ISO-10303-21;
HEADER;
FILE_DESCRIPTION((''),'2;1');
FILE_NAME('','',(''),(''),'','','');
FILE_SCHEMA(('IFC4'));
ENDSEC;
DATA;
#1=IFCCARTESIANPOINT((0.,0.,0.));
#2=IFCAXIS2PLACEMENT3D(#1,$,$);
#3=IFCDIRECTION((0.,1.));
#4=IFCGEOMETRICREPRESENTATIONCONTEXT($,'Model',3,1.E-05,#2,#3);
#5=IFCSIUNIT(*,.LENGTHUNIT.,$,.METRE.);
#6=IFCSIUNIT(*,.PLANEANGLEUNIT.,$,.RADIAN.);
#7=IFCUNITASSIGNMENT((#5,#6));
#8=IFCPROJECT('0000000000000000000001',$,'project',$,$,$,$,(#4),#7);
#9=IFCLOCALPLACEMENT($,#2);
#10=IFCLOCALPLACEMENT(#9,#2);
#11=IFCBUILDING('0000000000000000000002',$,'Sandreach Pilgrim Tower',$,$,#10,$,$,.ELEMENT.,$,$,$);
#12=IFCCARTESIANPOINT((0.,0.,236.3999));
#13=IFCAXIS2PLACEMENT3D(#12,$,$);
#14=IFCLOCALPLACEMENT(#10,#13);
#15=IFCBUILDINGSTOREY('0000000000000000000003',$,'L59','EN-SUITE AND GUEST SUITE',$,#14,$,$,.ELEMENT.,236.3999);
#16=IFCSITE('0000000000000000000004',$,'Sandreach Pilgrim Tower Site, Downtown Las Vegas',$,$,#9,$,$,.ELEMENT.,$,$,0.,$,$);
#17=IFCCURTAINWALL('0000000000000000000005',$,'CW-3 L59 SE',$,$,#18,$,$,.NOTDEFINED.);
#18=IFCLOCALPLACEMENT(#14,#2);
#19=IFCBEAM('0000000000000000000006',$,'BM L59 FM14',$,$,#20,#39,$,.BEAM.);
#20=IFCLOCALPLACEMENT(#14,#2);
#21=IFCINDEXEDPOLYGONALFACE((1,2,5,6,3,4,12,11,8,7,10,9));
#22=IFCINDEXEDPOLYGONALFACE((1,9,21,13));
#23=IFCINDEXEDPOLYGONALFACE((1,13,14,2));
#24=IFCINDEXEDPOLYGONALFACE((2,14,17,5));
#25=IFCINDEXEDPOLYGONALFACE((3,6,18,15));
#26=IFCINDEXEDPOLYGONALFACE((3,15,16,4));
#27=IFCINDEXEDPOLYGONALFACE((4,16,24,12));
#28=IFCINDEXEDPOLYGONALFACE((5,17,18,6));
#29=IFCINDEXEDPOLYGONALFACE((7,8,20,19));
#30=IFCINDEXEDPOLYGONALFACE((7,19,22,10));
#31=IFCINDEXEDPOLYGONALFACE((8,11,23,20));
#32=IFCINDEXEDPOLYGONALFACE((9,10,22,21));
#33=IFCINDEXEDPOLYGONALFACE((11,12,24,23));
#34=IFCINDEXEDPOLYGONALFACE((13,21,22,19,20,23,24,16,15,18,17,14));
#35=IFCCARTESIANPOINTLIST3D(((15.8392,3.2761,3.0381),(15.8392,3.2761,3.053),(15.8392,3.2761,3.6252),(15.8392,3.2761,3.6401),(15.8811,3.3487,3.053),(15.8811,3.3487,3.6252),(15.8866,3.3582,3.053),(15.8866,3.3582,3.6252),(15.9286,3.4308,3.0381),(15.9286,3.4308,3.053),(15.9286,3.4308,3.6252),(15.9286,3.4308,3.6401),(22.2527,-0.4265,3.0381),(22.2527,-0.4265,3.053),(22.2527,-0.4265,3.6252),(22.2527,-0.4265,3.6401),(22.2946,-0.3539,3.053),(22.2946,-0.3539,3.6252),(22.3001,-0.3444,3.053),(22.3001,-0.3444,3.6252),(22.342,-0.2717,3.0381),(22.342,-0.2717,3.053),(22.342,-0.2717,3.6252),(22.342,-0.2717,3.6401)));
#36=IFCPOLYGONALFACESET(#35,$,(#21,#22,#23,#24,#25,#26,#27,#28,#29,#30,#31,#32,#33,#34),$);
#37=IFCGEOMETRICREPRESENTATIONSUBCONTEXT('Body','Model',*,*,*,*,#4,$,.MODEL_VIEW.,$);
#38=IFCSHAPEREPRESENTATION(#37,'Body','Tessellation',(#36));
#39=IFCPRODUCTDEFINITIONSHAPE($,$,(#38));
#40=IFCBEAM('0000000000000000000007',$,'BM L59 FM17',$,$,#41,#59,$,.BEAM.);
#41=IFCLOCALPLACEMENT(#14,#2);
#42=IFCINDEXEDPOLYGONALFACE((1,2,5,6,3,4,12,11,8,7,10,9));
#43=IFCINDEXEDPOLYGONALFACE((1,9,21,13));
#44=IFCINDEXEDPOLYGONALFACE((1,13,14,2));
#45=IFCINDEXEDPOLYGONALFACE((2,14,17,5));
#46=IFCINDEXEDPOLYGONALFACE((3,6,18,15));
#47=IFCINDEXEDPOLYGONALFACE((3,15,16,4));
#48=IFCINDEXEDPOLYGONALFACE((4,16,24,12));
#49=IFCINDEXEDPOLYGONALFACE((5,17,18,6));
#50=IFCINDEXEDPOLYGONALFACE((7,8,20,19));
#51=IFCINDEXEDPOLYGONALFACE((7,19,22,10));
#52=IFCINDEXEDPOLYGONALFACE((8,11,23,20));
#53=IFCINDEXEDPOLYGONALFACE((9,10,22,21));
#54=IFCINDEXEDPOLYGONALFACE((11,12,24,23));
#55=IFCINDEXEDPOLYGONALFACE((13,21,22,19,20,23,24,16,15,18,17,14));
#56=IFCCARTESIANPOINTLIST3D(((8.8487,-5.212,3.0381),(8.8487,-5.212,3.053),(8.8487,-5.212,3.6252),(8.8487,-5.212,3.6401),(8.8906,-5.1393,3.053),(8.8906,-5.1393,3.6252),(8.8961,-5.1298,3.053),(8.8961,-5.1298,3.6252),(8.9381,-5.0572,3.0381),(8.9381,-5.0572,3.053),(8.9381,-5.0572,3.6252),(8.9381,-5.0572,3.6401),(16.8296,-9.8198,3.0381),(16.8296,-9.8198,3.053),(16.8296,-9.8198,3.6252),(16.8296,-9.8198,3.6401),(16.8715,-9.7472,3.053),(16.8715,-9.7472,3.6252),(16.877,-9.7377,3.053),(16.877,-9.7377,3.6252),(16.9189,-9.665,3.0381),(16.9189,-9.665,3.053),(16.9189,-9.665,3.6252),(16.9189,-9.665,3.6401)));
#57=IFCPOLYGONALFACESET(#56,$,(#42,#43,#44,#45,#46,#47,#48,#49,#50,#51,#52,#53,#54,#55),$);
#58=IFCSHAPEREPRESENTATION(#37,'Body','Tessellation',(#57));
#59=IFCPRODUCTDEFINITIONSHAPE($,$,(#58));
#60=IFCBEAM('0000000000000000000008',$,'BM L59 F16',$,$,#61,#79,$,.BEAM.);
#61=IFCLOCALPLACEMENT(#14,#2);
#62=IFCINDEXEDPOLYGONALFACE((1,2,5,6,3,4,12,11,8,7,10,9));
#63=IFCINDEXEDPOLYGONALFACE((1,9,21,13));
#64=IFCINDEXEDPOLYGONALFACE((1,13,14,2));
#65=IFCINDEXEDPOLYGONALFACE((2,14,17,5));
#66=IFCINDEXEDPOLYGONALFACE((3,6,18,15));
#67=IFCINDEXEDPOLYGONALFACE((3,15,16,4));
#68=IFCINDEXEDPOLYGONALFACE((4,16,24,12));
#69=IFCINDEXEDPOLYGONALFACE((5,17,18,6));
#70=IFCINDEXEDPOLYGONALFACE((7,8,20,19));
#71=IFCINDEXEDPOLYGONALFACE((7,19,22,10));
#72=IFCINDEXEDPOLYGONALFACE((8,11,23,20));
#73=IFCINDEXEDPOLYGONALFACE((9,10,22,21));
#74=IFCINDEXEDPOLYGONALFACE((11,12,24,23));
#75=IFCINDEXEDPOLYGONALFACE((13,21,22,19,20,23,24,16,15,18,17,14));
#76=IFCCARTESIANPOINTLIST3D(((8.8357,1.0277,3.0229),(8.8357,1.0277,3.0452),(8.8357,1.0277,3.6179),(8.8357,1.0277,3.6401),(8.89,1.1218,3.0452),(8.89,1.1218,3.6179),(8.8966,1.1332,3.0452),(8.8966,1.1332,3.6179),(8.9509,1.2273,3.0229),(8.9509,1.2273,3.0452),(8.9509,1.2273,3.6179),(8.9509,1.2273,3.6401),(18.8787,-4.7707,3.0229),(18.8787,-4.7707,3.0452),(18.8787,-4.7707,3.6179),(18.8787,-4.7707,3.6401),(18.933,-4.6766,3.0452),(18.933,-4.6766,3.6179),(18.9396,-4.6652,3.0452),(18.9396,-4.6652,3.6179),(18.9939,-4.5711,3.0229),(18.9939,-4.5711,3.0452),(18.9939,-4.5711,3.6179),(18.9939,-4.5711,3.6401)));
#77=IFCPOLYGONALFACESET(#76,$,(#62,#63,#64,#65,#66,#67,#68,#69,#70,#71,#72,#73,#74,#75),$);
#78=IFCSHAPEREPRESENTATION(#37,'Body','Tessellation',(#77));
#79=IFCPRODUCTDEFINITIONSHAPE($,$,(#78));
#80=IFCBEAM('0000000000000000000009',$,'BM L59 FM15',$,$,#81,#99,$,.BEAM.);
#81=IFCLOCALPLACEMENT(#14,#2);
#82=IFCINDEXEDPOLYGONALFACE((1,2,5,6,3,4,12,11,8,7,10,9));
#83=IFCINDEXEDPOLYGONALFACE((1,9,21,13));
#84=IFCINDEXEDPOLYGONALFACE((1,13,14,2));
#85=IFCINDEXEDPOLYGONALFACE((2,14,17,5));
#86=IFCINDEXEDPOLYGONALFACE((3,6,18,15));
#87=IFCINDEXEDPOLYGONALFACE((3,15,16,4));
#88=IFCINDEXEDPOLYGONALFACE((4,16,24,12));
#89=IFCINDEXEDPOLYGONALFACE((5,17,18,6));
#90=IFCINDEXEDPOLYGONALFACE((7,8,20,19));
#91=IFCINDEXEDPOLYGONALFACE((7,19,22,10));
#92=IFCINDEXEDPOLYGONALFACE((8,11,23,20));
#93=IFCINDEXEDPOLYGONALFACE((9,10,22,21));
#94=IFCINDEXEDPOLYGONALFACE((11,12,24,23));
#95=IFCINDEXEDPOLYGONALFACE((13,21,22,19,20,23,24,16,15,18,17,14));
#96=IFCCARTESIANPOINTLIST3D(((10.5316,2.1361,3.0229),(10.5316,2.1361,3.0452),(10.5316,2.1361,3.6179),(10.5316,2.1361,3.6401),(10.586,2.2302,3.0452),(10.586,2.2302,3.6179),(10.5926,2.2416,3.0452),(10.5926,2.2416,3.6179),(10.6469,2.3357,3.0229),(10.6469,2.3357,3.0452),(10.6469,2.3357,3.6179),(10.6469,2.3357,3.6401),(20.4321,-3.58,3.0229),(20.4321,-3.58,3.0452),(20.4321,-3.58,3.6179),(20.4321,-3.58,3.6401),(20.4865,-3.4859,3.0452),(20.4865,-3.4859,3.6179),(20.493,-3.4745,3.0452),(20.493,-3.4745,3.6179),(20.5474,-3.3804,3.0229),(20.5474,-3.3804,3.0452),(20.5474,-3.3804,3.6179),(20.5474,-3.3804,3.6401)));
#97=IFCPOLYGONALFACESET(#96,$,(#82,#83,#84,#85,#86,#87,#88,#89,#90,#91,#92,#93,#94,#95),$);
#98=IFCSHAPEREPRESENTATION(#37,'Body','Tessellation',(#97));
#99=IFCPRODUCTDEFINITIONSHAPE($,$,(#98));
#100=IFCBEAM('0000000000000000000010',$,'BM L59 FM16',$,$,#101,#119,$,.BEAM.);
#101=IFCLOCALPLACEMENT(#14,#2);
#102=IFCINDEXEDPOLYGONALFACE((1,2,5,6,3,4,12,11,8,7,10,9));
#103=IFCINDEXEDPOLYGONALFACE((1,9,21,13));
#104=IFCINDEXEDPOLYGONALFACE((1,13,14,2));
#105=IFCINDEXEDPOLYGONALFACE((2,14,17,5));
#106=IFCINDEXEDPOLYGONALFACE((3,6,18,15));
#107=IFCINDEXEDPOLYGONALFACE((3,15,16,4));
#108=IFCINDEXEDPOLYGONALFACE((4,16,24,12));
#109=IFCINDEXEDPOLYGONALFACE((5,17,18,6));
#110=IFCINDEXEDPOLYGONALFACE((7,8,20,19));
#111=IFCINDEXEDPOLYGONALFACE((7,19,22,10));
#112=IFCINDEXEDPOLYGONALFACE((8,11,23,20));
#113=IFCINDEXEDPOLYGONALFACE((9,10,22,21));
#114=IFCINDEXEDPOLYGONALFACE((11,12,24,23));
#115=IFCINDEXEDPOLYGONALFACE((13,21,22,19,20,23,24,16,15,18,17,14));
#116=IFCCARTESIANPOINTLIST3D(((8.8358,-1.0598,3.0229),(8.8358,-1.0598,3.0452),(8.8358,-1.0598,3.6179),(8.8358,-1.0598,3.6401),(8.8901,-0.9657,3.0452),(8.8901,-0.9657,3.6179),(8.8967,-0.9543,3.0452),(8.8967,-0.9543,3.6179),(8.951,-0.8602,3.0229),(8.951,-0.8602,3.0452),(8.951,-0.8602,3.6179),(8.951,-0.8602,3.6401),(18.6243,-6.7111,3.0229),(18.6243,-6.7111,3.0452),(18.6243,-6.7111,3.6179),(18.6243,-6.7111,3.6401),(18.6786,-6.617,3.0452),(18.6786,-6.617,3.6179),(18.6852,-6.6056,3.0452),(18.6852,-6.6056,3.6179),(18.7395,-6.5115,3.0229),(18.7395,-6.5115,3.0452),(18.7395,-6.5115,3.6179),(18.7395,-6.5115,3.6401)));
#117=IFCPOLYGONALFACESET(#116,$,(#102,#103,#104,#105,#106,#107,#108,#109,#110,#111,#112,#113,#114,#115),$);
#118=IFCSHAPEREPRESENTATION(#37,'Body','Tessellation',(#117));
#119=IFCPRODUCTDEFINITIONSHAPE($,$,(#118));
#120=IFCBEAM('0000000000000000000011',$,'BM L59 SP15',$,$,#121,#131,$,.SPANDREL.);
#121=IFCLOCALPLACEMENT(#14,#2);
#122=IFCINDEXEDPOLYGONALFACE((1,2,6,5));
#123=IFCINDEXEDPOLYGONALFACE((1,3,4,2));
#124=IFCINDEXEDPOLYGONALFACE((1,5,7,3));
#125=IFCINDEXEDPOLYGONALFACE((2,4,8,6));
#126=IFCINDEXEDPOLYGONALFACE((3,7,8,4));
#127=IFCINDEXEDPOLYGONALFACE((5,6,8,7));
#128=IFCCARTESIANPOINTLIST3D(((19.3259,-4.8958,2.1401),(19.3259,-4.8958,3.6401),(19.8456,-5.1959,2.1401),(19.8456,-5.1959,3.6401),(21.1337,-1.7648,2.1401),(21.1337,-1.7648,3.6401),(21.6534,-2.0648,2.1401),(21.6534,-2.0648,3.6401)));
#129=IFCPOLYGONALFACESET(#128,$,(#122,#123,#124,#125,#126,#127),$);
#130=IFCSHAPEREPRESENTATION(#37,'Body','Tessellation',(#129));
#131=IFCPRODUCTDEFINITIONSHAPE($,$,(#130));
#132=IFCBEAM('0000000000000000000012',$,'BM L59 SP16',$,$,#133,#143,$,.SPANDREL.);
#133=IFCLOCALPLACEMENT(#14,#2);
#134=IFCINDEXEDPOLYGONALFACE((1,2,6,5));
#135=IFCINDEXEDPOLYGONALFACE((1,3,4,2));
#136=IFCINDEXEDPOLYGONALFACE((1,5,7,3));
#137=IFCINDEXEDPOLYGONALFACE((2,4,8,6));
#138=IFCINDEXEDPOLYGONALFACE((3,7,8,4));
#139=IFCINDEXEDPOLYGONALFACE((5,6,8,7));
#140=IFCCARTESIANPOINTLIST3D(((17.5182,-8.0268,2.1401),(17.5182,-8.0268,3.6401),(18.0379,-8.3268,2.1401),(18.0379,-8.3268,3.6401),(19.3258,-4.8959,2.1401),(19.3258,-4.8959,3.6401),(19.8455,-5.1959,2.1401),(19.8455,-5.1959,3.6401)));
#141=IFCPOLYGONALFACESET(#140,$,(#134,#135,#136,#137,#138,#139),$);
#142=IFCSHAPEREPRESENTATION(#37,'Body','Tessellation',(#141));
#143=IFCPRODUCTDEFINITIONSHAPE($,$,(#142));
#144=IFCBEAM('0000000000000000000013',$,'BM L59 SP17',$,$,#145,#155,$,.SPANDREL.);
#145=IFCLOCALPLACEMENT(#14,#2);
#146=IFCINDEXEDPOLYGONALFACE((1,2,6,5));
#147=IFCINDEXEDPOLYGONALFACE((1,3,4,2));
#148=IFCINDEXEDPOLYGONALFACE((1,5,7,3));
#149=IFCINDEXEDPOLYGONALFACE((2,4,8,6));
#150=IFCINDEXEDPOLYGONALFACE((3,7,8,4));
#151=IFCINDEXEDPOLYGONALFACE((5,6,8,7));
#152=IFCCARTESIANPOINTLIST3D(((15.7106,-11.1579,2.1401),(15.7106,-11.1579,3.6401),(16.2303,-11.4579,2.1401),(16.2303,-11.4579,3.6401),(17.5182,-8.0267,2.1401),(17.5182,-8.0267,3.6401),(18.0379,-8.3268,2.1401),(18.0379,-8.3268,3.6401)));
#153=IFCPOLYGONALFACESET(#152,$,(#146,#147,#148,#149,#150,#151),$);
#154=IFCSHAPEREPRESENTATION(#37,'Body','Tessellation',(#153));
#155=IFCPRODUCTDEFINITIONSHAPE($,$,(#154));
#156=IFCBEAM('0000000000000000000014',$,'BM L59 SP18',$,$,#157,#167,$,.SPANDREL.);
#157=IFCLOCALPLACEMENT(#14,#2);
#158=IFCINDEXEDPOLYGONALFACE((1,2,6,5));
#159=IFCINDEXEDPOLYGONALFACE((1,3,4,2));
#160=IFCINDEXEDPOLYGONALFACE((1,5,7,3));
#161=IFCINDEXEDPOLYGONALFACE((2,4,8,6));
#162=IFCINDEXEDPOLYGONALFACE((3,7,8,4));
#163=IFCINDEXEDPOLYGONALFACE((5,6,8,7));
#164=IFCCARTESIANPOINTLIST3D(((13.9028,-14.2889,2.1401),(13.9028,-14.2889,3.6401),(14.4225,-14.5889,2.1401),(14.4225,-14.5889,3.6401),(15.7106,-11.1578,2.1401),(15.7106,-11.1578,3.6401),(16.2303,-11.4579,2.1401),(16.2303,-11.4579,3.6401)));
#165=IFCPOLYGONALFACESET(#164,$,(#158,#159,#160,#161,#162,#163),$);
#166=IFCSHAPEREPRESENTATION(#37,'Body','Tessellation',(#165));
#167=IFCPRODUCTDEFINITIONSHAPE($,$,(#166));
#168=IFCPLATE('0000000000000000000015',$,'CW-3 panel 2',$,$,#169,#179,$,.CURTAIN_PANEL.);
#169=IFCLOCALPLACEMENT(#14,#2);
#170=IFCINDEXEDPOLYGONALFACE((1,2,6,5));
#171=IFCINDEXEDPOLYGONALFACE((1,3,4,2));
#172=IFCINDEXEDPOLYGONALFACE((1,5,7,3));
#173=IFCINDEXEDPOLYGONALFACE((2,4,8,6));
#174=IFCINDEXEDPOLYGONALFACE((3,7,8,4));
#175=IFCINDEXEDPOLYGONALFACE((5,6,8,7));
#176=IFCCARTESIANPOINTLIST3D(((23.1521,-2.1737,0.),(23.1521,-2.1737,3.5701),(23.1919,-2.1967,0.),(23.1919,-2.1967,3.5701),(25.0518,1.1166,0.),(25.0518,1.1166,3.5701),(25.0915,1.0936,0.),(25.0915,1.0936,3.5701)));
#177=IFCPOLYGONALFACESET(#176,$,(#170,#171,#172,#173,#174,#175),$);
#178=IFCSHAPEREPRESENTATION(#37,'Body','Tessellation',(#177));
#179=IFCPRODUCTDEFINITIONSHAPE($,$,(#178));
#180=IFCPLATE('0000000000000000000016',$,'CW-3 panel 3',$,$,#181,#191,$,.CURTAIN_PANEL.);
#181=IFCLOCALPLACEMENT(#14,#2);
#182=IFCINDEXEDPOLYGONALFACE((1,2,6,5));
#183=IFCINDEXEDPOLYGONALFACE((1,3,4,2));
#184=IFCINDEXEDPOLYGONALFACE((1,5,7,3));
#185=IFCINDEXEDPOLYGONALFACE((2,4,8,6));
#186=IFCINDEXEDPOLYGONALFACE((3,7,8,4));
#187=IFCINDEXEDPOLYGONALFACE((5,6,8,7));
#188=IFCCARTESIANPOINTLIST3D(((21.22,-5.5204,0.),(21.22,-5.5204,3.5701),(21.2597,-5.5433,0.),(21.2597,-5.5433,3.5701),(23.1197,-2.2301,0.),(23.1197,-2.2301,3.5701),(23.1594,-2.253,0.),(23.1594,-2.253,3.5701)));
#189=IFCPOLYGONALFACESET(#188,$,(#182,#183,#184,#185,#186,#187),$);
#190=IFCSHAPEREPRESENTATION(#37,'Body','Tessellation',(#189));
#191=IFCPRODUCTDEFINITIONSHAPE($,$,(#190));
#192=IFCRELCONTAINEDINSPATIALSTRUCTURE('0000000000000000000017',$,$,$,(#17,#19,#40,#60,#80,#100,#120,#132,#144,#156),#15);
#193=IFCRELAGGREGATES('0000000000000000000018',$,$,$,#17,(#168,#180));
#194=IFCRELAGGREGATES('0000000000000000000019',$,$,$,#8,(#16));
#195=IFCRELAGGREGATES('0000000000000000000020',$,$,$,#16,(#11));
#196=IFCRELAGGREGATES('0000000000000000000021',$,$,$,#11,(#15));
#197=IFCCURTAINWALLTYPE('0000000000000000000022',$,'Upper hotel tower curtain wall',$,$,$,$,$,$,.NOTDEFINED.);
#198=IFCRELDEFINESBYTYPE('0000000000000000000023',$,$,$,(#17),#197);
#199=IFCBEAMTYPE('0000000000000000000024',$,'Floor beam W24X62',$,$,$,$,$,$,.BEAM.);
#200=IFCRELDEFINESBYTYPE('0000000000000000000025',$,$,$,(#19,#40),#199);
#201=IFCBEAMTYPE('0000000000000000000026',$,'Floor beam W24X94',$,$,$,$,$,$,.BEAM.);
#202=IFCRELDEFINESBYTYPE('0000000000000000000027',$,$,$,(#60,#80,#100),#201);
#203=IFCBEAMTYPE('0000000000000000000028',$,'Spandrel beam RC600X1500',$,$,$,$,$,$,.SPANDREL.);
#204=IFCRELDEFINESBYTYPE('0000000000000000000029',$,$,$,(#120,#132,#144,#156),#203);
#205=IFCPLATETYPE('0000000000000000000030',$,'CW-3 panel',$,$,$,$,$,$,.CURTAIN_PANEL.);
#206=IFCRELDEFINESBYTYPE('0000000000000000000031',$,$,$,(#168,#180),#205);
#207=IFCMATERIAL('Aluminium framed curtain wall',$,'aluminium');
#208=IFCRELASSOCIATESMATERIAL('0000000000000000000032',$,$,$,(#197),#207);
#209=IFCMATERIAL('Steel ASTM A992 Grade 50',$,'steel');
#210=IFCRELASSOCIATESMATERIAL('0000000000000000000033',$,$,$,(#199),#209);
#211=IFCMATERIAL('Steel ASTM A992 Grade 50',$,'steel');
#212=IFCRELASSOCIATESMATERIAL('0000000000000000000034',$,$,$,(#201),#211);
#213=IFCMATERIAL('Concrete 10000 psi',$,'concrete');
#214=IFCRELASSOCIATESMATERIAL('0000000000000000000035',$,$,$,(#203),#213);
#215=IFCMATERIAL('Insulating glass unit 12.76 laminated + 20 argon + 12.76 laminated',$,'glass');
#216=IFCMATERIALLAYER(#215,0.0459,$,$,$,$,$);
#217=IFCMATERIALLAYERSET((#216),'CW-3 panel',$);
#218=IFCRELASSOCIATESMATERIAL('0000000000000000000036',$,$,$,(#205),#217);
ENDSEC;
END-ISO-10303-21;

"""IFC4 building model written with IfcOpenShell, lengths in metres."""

from ifc_helpers import new_model, si_unit, direction, frame, origin, origin_2d, place, context, subcontext, project, spatial, rectangle, i_section, extrude, material, layer, layer_set, material_profile, profile_set, type_object, element, aggregate, save


model = new_model("IFC4")

# Units and contexts
model_context = context("Model", 3, precision=1e-05, world=origin(), true_north=direction((0.0, 1.0)))
body_context = subcontext(model_context, "Body", "Model", "MODEL_VIEW")
ifc_project = project(units=[si_unit("LENGTHUNIT", "METRE"), si_unit("PLANEANGLEUNIT", "RADIAN")], contexts=[model_context])

# Site, building, storey
site_placement = place(None, origin())
site = spatial("IfcSite", under=ifc_project, at=site_placement, Name="Sandreach Pilgrim Tower Site, Downtown Las Vegas", CompositionType="ELEMENT", RefElevation=0.0)
building_placement = place(site_placement, origin())
building = spatial("IfcBuilding", under=site, at=building_placement, Name="Sandreach Pilgrim Tower", CompositionType="ELEMENT")
storey_placement = place(building_placement, frame((0.0, 0.0, 236.3999)))
storey = spatial("IfcBuildingStorey", under=building, at=storey_placement, Name="L59", Description="EN-SUITE AND GUEST SUITE", CompositionType="ELEMENT", Elevation=236.3999)

# Curtain wall
ifc_material_1 = material(Name="Aluminium framed curtain wall", Category="aluminium")
curtain_wall_type = type_object("IfcCurtainWallType", Name="Upper hotel tower curtain wall", PredefinedType="NOTDEFINED", material=ifc_material_1)
curtain_wall_placement = place(storey_placement, origin())
curtain_wall = element("IfcCurtainWall", 1, at=curtain_wall_placement, inside=storey, type_object=curtain_wall_type, Name="CW-3 L59 SE", PredefinedType="NOTDEFINED")

# Beams
ifc_material_2 = material(Name="Steel ASTM A992 Grade 50", Category="steel")
ifc_material_profile_1 = material_profile(ifc_material_2, i_section(OverallWidth=0.1787, OverallDepth=0.6021, WebThickness=0.011, FlangeThickness=0.0149, at=origin_2d()), Name="W24X62")
ifc_profile_set_1 = profile_set([ifc_material_profile_1], Name="Steel ASTM A992 Grade 50")
beam_type_1 = type_object("IfcBeamType", Name="Floor beam W24X62", PredefinedType="BEAM", material=ifc_profile_set_1)
beam_1_placement = place(storey_placement, frame((22.2974, -0.3491, 3.3391), z_axis=(-0.86604, 0.499975, 0.0), x_axis=(-0.499975, -0.86604, 0.0)))
element("IfcBeam", 2, at=beam_1_placement, inside=storey, type_object=beam_type_1, Name="BM L59 FM14", PredefinedType="BEAM", context=body_context, shape_type="SweptSolid", body=[
    extrude(i_section(OverallWidth=0.1787, OverallDepth=0.6021, WebThickness=0.011, FlangeThickness=0.0149, at=origin_2d()), origin(), (0.0, 0.0, 1.0), 7.4055),
])
beam_2_placement = place(storey_placement, frame((16.8743, -9.7424, 3.3391), z_axis=(-0.866021, 0.500008, 0.0), x_axis=(-0.500008, -0.866021, 0.0)))
element("IfcBeam", 3, at=beam_2_placement, inside=storey, type_object=beam_type_1, Name="BM L59 FM17", PredefinedType="BEAM", context=body_context, shape_type="SweptSolid", body=[
    extrude(i_section(OverallWidth=0.1787, OverallDepth=0.6021, WebThickness=0.011, FlangeThickness=0.0149, at=origin_2d()), origin(), (0.0, 0.0, 1.0), 9.2156),
])
ifc_material_3 = material(Name="Steel ASTM A992 Grade 50", Category="steel")
ifc_material_profile_2 = material_profile(ifc_material_3, i_section(OverallWidth=0.2305, OverallDepth=0.6172, WebThickness=0.0132, FlangeThickness=0.0222, at=origin_2d()), Name="W24X94")
ifc_profile_set_2 = profile_set([ifc_material_profile_2], Name="Steel ASTM A992 Grade 50")
beam_type_2 = type_object("IfcBeamType", Name="Floor beam W24X94", PredefinedType="BEAM", material=ifc_profile_set_2)
beam_3_placement = place(storey_placement, frame((18.9363, -4.6709, 3.3315), z_axis=(-0.866024, 0.500002, 0.0), x_axis=(-0.500002, -0.866024, 0.0)))
element("IfcBeam", 4, at=beam_3_placement, inside=storey, type_object=beam_type_2, Name="BM L59 F16", PredefinedType="BEAM", context=body_context, shape_type="SweptSolid", body=[
    extrude(i_section(OverallWidth=0.2305, OverallDepth=0.6172, WebThickness=0.0132, FlangeThickness=0.0222, at=origin_2d()), origin(), (0.0, 0.0, 1.0), 11.5967),
])
beam_4_placement = place(storey_placement, frame((20.4897, -3.4802, 3.3315), z_axis=(-0.866023, 0.500005, 0.0), x_axis=(-0.500005, -0.866023, 0.0)))
element("IfcBeam", 5, at=beam_4_placement, inside=storey, type_object=beam_type_2, Name="BM L59 FM15", PredefinedType="BEAM", context=body_context, shape_type="SweptSolid", body=[
    extrude(i_section(OverallWidth=0.2305, OverallDepth=0.6172, WebThickness=0.0132, FlangeThickness=0.0222, at=origin_2d()), origin(), (0.0, 0.0, 1.0), 11.4321),
])
beam_5_placement = place(storey_placement, frame((18.6819, -6.6113, 3.3315), z_axis=(-0.866028, 0.499995, 0.0), x_axis=(-0.499995, -0.866028, 0.0)))
element("IfcBeam", 6, at=beam_5_placement, inside=storey, type_object=beam_type_2, Name="BM L59 FM16", PredefinedType="BEAM", context=body_context, shape_type="SweptSolid", body=[
    extrude(i_section(OverallWidth=0.2305, OverallDepth=0.6172, WebThickness=0.0132, FlangeThickness=0.0222, at=origin_2d()), origin(), (0.0, 0.0, 1.0), 11.3027),
])
ifc_material_4 = material(Name="Concrete 10000 psi", Category="concrete")
ifc_material_profile_3 = material_profile(ifc_material_4, rectangle(XDim=0.6001, YDim=1.5, at=origin_2d()), Name="RC600X1500")
ifc_profile_set_3 = profile_set([ifc_material_profile_3], Name="Concrete 10000 psi")
beam_type_3 = type_object("IfcBeamType", Name="Spandrel beam RC600X1500", PredefinedType="SPANDREL", material=ifc_profile_set_3)
beam_6_placement = place(storey_placement, frame((21.3936, -1.9148, 2.8901), z_axis=(-0.500024, -0.866011, 0.0), x_axis=(0.866011, -0.500024, 0.0)))
element("IfcBeam", 7, at=beam_6_placement, inside=storey, type_object=beam_type_3, Name="BM L59 SP15", PredefinedType="SPANDREL", context=body_context, shape_type="SweptSolid", body=[
    extrude(rectangle(XDim=0.6001, YDim=1.5, at=origin_2d()), origin(), (0.0, 0.0, 1.0), 3.6155),
])
beam_7_placement = place(storey_placement, frame((19.5857, -5.0459, 2.8901), z_axis=(-0.500003, -0.866024, 0.0), x_axis=(0.866024, -0.500003, 0.0)))
element("IfcBeam", 8, at=beam_7_placement, inside=storey, type_object=beam_type_3, Name="BM L59 SP16", PredefinedType="SPANDREL", context=body_context, shape_type="SweptSolid", body=[
    extrude(rectangle(XDim=0.6001, YDim=1.5, at=origin_2d()), origin(), (0.0, 0.0, 1.0), 3.6152),
])
for number, where, z_axis, x_axis, name in (
    (9, (17.7781, -8.1768, 2.8901), (-0.499974, -0.866041, 0.0), (0.866041, -0.499974, 0.0), "BM L59 SP17"),
    (10, (15.9705, -11.3079, 2.8901), (-0.500024, -0.866011, 0.0), (0.866011, -0.500024, 0.0), "BM L59 SP18"),
):
    element("IfcBeam", number, at=place(storey_placement, frame(where, z_axis=z_axis, x_axis=x_axis)), inside=storey, type_object=beam_type_3, Name=name, PredefinedType="SPANDREL", context=body_context, shape_type="SweptSolid", body=[
        extrude(rectangle(XDim=0.6001, YDim=1.5, at=origin_2d()), origin(), (0.0, 0.0, 1.0), 3.6155),
    ])

# Plates
ifc_material_5 = material(Name="Insulating glass unit 12.76 laminated + 20 argon + 12.76 laminated", Category="glass")
ifc_layer_1 = layer(ifc_material_5, 0.0459)
ifc_layer_set_1 = layer_set([ifc_layer_1], Name="CW-3 panel")
plate_type = type_object("IfcPlateType", Name="CW-3 panel", PredefinedType="CURTAIN_PANEL", material=ifc_layer_set_1)
plate_1_placement = place(storey_placement, frame((24.1218, -0.54, 0.0), z_axis=(0.0, 0.0, 1.0), x_axis=(-0.5, -0.866025, 0.0)))
plate_1 = element("IfcPlate", 11, at=plate_1_placement, type_object=plate_type, Name="CW-3 panel 2", PredefinedType="CURTAIN_PANEL", context=body_context, shape_type="SweptSolid", body=[
    extrude(rectangle(XDim=3.7993, YDim=0.0459, at=origin_2d()), origin(), (0.0, 0.0, 1.0), 3.5701),
])
plate_2_placement = place(storey_placement, frame((22.1897, -3.8867, 0.0), z_axis=(0.0, 0.0, 1.0), x_axis=(-0.5, -0.866025, 0.0)))
plate_2 = element("IfcPlate", 12, at=plate_2_placement, type_object=plate_type, Name="CW-3 panel 3", PredefinedType="CURTAIN_PANEL", context=body_context, shape_type="SweptSolid", body=[
    extrude(rectangle(XDim=3.7993, YDim=0.0459, at=origin_2d()), origin(), (0.0, 0.0, 1.0), 3.5701),
])
aggregate(curtain_wall, [plate_1, plate_2])

save(model, "model.ifc")
